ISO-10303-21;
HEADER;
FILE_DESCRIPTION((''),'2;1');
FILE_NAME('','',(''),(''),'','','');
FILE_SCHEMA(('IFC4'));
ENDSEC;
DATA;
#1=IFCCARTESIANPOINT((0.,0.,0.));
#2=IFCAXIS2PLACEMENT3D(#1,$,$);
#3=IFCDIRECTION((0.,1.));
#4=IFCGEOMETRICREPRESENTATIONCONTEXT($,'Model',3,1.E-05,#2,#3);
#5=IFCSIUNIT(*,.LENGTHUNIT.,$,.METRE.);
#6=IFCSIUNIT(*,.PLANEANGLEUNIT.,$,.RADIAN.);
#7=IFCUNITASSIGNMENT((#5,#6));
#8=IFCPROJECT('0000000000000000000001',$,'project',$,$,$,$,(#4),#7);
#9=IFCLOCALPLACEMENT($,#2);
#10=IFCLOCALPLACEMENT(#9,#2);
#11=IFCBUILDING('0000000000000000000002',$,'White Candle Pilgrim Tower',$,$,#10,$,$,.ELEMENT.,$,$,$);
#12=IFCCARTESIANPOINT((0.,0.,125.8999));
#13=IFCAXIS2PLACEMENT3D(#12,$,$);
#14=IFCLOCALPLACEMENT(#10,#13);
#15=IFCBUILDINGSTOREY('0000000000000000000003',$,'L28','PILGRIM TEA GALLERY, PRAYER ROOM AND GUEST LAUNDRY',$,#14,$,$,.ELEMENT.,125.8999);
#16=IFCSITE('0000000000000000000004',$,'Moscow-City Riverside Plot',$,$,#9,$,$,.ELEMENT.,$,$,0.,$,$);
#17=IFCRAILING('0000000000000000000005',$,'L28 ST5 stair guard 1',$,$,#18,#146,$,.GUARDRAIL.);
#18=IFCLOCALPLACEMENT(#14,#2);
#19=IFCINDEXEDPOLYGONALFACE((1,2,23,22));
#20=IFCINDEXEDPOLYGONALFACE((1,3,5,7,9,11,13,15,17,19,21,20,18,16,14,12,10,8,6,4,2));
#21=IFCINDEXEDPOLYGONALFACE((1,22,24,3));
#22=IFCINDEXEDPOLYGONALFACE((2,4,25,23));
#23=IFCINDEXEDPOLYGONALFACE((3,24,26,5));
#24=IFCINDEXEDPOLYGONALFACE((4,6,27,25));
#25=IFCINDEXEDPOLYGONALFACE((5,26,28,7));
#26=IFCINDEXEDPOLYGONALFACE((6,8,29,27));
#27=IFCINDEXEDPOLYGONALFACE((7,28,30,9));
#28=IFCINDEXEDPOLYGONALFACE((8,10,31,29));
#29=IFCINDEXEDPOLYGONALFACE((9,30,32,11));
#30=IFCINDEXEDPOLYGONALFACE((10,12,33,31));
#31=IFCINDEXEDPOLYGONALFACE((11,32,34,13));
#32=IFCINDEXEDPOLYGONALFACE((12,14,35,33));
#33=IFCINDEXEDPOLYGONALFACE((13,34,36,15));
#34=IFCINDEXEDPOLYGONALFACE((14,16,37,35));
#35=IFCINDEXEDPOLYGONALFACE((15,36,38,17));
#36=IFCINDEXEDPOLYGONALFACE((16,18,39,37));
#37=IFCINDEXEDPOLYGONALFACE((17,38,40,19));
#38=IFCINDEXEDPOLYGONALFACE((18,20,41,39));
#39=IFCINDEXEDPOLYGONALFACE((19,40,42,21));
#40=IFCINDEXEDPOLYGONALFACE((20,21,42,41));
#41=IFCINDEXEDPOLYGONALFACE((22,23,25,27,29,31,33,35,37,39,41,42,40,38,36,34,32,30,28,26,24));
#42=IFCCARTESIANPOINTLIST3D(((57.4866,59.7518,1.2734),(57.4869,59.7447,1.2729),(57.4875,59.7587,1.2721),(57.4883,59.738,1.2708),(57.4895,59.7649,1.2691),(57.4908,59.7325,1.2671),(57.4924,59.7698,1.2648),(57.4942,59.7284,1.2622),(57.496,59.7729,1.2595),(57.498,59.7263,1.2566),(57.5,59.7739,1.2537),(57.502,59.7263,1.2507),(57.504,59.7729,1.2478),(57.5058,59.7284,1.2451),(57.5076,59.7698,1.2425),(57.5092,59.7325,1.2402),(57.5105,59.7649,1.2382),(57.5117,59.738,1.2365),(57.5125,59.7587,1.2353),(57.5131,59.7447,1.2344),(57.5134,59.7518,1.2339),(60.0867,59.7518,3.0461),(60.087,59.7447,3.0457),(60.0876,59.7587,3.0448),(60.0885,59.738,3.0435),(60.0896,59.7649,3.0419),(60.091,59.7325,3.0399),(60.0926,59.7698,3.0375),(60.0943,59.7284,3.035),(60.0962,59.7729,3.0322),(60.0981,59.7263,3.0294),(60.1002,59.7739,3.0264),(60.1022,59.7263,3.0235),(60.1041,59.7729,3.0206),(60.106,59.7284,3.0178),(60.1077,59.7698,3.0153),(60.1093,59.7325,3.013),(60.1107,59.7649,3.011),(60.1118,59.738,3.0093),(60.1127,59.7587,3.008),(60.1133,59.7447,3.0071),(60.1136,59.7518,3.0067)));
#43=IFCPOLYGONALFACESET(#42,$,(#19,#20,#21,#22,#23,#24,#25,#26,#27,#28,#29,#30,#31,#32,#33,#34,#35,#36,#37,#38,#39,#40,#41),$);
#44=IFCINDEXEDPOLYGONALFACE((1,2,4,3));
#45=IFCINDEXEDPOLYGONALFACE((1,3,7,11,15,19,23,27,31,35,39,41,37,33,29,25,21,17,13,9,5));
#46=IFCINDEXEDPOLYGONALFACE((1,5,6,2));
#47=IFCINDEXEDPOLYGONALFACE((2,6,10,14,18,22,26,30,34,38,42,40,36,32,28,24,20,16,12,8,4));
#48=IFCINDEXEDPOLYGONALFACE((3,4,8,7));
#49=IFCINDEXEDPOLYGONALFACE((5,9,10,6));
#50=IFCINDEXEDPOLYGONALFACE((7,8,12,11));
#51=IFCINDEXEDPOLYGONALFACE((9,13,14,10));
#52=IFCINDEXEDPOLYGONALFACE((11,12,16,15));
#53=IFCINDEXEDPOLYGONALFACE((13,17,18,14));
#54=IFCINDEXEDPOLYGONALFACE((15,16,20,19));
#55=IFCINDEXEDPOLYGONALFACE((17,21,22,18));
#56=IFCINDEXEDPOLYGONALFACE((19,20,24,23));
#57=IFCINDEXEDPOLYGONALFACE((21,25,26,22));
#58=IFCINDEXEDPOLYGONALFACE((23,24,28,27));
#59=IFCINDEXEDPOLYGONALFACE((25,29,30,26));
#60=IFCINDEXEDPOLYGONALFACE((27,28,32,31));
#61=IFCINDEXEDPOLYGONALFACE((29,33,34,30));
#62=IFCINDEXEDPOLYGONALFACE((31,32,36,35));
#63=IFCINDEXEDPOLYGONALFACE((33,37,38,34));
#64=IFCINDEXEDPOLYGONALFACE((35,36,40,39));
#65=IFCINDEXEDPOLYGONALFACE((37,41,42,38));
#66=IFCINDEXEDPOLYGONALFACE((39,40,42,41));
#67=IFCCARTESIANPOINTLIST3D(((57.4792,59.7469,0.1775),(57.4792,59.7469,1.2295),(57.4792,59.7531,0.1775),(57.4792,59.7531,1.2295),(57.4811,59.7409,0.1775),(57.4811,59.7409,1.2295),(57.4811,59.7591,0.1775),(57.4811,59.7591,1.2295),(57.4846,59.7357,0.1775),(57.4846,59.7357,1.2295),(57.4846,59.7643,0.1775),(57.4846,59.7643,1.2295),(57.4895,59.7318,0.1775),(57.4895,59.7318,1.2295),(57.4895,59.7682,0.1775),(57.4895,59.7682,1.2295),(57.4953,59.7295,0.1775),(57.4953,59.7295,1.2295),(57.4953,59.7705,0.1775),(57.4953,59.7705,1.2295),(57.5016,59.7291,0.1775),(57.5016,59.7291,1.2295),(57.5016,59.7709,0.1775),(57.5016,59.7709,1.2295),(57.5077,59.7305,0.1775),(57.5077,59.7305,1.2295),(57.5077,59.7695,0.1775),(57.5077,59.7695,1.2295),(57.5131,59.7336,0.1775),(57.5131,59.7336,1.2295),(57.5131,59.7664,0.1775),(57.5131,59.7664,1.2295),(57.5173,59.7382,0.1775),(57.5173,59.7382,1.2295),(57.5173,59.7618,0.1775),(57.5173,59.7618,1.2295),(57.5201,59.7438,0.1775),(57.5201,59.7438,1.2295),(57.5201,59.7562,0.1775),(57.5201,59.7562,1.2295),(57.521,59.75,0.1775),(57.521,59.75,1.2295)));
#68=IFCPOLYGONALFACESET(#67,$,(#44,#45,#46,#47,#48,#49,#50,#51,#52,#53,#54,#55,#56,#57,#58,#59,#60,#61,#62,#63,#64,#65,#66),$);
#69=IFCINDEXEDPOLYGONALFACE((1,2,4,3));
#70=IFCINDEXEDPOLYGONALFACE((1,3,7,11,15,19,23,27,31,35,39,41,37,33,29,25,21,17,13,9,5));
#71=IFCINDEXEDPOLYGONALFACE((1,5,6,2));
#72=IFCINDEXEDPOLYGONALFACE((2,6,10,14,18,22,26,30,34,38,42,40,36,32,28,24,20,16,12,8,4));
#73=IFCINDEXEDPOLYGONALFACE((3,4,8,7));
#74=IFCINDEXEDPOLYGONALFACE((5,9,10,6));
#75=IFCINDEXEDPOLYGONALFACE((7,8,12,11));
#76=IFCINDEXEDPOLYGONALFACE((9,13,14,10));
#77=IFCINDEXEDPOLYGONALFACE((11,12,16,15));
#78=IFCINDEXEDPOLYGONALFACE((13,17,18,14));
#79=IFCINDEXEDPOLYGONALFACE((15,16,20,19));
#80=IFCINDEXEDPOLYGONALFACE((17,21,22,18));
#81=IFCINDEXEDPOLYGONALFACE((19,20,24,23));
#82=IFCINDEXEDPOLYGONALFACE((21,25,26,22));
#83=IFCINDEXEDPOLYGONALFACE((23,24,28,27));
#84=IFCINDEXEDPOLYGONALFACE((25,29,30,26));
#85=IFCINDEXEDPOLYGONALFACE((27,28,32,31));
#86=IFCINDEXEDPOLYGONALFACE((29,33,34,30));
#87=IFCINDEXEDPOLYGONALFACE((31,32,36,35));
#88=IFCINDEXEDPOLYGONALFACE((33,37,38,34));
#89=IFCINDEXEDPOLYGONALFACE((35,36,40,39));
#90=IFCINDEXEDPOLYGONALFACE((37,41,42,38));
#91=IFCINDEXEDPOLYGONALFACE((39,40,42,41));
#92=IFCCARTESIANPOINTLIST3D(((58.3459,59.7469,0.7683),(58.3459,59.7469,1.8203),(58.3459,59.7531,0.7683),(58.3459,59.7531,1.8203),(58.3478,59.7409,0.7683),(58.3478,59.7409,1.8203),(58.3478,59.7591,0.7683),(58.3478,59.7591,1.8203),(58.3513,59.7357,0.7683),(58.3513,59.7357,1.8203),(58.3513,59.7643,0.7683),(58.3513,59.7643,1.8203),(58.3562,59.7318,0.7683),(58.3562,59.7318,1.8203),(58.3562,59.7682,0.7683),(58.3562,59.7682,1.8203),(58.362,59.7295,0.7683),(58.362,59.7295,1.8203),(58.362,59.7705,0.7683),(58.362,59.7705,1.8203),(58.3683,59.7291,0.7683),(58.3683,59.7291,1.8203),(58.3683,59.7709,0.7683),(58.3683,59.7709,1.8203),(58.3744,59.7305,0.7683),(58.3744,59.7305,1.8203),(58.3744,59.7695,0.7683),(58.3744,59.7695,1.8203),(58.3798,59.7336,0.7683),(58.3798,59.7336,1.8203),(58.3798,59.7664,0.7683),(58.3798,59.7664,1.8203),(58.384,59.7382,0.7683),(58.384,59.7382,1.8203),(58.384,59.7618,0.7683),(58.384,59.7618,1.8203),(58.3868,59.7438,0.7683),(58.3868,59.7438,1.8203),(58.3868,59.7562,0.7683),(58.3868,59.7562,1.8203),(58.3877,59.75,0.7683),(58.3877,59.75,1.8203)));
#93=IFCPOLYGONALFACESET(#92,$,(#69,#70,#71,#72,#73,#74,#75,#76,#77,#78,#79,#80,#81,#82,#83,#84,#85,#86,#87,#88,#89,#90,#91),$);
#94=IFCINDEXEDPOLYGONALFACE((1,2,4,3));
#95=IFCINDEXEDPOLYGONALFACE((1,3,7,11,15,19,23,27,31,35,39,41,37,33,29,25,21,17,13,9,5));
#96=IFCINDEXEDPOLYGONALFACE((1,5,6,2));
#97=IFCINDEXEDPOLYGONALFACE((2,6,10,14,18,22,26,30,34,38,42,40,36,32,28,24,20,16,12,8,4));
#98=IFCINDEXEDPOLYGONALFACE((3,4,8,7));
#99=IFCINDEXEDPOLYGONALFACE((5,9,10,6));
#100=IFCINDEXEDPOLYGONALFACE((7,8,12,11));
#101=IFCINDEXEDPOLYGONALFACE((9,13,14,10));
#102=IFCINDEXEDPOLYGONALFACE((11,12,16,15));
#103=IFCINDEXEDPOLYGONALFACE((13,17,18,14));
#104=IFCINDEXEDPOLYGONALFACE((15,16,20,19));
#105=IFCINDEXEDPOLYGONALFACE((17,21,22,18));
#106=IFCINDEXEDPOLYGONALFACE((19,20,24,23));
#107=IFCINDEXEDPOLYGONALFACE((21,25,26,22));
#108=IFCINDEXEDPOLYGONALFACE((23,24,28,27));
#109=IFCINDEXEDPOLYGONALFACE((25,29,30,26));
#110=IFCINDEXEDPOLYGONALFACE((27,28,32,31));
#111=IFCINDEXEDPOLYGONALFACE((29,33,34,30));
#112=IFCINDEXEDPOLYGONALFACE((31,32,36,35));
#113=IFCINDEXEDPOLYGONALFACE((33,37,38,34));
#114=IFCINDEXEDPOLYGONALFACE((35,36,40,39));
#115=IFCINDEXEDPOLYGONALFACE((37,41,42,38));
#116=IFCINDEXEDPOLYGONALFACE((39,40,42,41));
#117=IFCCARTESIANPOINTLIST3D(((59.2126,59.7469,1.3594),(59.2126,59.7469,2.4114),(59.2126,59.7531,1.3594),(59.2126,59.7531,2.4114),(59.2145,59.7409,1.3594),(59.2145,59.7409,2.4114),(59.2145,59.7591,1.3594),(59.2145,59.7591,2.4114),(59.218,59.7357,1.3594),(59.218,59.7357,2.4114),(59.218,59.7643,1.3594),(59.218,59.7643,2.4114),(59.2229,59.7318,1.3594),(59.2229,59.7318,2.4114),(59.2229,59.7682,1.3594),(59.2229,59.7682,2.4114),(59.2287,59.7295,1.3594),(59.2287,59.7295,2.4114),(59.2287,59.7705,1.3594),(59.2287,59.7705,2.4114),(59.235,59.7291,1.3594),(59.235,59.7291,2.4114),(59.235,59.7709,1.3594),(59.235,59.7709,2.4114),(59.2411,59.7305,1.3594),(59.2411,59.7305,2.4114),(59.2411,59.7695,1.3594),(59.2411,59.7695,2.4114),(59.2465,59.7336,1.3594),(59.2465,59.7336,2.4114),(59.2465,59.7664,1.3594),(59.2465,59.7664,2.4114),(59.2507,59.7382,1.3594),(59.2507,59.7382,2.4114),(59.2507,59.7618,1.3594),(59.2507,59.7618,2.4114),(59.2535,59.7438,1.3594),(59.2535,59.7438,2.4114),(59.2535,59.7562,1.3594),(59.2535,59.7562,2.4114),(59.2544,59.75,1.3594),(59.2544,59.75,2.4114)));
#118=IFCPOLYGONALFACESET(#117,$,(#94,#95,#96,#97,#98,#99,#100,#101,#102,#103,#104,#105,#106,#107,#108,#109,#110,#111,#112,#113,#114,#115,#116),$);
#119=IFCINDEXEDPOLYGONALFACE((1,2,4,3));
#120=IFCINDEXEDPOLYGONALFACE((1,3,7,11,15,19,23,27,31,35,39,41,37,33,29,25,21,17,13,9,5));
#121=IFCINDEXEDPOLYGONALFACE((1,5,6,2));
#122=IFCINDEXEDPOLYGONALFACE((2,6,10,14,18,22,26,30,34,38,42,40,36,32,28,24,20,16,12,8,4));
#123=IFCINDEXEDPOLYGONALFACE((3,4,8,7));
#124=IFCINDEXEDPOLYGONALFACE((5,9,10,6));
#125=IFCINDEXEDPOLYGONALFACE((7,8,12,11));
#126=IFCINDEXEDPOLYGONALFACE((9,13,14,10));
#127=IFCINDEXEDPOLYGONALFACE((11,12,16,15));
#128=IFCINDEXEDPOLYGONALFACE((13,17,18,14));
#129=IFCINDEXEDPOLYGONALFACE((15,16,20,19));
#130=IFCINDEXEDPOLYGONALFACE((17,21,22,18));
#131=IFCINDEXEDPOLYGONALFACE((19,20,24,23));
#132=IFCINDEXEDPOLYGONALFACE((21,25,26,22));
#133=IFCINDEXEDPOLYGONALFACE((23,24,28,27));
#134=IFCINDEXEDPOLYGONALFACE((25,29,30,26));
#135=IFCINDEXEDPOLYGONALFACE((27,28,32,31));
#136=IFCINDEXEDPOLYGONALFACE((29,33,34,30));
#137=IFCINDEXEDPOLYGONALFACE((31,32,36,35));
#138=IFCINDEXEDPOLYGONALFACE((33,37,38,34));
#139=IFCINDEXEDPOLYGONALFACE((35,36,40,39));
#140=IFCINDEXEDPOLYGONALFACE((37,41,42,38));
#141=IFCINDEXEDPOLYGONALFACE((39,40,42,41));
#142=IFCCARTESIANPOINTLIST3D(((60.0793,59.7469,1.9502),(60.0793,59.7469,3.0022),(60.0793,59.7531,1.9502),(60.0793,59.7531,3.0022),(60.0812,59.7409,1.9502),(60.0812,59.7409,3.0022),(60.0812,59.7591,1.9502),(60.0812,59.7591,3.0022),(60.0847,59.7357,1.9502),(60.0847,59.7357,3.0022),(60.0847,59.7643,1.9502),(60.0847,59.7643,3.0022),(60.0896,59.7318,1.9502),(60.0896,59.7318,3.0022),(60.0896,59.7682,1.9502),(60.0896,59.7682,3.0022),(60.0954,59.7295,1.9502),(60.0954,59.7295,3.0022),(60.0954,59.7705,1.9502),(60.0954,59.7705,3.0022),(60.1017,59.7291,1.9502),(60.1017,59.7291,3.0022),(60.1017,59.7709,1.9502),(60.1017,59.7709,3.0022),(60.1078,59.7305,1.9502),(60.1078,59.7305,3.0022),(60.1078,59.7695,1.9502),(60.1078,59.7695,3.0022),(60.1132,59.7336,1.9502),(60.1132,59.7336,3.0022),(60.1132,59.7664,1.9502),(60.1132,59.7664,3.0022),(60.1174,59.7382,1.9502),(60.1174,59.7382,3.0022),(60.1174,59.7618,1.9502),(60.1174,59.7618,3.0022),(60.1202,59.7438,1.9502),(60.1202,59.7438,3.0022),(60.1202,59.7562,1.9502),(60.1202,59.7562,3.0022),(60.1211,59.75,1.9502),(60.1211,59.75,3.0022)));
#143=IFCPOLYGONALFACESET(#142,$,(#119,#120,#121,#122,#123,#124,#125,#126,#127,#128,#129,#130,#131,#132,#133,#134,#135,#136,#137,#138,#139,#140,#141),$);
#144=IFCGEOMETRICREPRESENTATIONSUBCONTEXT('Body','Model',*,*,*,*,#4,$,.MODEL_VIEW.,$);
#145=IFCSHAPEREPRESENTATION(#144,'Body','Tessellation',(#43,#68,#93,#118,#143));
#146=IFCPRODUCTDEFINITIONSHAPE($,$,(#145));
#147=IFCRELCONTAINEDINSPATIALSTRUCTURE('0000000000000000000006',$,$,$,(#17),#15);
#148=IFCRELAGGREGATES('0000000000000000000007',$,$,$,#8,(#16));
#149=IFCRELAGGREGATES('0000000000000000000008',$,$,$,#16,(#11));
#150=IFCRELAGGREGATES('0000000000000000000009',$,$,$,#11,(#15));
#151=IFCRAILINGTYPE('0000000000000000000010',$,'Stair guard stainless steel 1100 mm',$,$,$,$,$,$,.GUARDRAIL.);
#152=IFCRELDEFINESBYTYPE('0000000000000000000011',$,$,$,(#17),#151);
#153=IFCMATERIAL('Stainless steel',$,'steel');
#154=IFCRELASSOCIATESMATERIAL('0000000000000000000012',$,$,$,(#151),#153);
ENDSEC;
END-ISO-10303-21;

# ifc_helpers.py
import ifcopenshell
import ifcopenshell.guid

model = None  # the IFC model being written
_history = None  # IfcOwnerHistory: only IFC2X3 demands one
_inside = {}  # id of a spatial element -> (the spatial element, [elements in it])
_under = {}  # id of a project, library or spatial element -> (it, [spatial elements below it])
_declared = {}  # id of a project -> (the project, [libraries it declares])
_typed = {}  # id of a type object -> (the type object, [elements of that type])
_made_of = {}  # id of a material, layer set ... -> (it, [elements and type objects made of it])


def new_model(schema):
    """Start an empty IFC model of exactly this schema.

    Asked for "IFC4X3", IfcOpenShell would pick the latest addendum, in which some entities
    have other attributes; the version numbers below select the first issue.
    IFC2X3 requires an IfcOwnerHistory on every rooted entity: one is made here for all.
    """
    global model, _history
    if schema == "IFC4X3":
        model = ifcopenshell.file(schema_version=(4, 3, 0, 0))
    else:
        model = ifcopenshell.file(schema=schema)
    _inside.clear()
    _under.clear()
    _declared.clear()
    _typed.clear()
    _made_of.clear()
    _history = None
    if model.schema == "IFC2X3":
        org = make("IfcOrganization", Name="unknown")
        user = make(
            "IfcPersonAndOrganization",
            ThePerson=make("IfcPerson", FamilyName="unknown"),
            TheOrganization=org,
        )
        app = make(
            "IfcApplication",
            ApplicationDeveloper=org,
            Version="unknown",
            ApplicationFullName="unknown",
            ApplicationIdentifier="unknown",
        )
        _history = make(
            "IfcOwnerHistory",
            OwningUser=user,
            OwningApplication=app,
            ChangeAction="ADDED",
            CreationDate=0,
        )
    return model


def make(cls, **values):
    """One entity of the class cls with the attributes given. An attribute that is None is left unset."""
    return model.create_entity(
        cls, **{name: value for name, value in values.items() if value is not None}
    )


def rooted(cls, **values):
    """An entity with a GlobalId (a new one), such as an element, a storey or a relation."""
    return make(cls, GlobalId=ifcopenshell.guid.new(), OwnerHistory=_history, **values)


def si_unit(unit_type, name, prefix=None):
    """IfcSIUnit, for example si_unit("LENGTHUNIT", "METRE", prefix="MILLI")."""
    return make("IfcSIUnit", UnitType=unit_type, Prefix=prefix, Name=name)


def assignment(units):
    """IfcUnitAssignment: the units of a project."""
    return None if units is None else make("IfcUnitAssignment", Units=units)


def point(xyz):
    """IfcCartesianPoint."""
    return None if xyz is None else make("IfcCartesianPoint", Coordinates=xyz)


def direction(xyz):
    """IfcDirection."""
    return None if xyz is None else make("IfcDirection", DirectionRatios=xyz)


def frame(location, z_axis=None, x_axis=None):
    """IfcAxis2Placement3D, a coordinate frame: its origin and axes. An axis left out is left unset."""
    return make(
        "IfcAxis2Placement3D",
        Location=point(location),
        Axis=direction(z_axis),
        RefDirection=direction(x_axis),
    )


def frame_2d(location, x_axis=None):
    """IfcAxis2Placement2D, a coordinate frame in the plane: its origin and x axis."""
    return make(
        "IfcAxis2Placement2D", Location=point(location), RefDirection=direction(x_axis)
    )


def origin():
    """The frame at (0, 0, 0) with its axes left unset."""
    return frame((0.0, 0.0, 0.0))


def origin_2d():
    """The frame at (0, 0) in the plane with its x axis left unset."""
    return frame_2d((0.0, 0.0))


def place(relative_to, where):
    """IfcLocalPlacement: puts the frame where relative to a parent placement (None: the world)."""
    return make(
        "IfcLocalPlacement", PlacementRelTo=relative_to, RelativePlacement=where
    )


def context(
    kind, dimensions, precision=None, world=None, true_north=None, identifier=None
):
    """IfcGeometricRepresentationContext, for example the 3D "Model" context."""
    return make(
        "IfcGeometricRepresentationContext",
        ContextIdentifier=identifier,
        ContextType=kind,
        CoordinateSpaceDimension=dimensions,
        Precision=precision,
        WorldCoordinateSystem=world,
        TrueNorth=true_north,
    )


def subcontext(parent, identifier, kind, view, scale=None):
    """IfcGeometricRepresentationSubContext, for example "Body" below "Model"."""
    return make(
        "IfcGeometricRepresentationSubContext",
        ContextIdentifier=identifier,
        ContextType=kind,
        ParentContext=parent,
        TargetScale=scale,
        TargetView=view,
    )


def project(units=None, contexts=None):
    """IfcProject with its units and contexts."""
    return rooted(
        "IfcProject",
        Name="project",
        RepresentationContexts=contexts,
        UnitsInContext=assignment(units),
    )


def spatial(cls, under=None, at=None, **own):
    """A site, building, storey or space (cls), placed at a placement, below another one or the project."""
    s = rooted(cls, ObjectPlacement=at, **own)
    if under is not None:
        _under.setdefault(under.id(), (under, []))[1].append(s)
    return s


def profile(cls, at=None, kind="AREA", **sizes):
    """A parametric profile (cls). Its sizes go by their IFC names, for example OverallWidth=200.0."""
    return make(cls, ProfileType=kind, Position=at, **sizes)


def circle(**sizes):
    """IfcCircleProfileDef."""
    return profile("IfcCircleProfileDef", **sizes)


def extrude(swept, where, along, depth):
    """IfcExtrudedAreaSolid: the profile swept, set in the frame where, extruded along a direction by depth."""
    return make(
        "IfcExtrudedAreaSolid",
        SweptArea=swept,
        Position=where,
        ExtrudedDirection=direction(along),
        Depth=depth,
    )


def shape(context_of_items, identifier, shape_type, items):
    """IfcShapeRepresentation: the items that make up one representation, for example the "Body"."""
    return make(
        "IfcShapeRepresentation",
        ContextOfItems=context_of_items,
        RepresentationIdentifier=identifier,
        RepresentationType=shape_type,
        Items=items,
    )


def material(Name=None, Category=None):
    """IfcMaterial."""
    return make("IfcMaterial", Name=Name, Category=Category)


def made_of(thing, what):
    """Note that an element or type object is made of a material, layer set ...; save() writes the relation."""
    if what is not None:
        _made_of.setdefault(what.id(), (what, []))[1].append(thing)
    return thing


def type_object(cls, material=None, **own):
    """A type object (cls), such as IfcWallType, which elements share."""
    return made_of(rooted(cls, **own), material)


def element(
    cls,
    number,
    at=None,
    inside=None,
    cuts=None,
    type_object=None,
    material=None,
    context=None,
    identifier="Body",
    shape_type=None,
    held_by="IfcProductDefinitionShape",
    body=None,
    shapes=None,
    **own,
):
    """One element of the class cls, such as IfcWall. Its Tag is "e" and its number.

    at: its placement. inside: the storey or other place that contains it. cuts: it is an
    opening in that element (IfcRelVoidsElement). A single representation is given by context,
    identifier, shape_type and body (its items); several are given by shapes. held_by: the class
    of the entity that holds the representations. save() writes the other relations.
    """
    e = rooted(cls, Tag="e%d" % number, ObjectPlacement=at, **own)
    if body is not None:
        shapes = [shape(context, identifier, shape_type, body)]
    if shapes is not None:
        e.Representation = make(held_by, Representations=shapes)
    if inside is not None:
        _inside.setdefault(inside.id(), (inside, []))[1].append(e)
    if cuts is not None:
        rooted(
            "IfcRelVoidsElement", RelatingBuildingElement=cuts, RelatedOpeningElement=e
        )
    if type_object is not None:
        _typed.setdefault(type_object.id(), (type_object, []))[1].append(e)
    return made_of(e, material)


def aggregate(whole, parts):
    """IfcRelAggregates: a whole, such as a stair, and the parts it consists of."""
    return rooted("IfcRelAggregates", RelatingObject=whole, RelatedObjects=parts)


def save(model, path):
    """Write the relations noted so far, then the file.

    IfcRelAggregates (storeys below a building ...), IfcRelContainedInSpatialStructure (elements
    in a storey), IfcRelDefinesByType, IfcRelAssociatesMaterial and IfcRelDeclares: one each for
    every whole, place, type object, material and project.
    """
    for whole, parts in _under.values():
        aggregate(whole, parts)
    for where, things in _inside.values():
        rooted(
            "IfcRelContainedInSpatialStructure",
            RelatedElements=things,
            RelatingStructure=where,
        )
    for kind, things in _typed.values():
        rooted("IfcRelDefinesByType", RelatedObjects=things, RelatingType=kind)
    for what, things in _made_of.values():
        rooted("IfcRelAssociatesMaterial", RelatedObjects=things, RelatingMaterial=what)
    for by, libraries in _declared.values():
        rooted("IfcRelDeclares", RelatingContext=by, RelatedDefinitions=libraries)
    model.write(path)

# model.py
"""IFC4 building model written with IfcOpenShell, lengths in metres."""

from ifc_helpers import new_model, si_unit, direction, frame, origin, origin_2d, place, context, subcontext, project, spatial, circle, extrude, material, type_object, element, save


model = new_model("IFC4")

# Units and contexts
model_context = context("Model", 3, precision=1e-05, world=origin(), true_north=direction((0.0, 1.0)))
body_context = subcontext(model_context, "Body", "Model", "MODEL_VIEW")
ifc_project = project(units=[si_unit("LENGTHUNIT", "METRE"), si_unit("PLANEANGLEUNIT", "RADIAN")], contexts=[model_context])

# Site, building, storey
site_placement = place(None, origin())
site = spatial("IfcSite", under=ifc_project, at=site_placement, Name="Moscow-City Riverside Plot", CompositionType="ELEMENT", RefElevation=0.0)
building_placement = place(site_placement, origin())
building = spatial("IfcBuilding", under=site, at=building_placement, Name="White Candle Pilgrim Tower", CompositionType="ELEMENT")
storey_placement = place(building_placement, frame((0.0, 0.0, 125.8999)))
storey = spatial("IfcBuildingStorey", under=building, at=storey_placement, Name="L28", Description="PILGRIM TEA GALLERY, PRAYER ROOM AND GUEST LAUNDRY", CompositionType="ELEMENT", Elevation=125.8999)

# Railing
ifc_material_1 = material(Name="Stainless steel", Category="steel")
railing_type_1 = type_object("IfcRailingType", Name="Stair guard stainless steel 1100 mm", PredefinedType="GUARDRAIL", material=ifc_material_1)
railing_1_placement = place(storey_placement, frame((57.5, 59.75, 0.1775)))
element("IfcRailing", 1, at=railing_1_placement, inside=storey, type_object=railing_type_1, Name="L28 ST5 stair guard 1", PredefinedType="GUARDRAIL", context=body_context, shape_type="SweptSolid", body=[
    extrude(circle(Radius=0.0239, at=origin_2d()), frame((0.0, 0.0, 1.0762), z_axis=(0.82624, 0.0, 0.563318), x_axis=(0.0, 1.0, 0.0)), (0.0, 0.0, 1.0), 3.147),
    extrude(circle(Radius=0.021, at=origin_2d()), origin(), (0.0, 0.0, 1.0), 1.052),
    extrude(circle(Radius=0.021, at=origin_2d()), frame((0.8667, 0.0, 0.5908)), (0.0, 0.0, 1.0), 1.052),
    extrude(circle(Radius=0.021, at=origin_2d()), frame((1.7334, 0.0, 1.1819)), (0.0, 0.0, 1.0), 1.052),
    extrude(circle(Radius=0.021, at=origin_2d()), frame((2.6001, 0.0, 1.7727)), (0.0, 0.0, 1.0), 1.052),
])

save(model, "model.ifc")
